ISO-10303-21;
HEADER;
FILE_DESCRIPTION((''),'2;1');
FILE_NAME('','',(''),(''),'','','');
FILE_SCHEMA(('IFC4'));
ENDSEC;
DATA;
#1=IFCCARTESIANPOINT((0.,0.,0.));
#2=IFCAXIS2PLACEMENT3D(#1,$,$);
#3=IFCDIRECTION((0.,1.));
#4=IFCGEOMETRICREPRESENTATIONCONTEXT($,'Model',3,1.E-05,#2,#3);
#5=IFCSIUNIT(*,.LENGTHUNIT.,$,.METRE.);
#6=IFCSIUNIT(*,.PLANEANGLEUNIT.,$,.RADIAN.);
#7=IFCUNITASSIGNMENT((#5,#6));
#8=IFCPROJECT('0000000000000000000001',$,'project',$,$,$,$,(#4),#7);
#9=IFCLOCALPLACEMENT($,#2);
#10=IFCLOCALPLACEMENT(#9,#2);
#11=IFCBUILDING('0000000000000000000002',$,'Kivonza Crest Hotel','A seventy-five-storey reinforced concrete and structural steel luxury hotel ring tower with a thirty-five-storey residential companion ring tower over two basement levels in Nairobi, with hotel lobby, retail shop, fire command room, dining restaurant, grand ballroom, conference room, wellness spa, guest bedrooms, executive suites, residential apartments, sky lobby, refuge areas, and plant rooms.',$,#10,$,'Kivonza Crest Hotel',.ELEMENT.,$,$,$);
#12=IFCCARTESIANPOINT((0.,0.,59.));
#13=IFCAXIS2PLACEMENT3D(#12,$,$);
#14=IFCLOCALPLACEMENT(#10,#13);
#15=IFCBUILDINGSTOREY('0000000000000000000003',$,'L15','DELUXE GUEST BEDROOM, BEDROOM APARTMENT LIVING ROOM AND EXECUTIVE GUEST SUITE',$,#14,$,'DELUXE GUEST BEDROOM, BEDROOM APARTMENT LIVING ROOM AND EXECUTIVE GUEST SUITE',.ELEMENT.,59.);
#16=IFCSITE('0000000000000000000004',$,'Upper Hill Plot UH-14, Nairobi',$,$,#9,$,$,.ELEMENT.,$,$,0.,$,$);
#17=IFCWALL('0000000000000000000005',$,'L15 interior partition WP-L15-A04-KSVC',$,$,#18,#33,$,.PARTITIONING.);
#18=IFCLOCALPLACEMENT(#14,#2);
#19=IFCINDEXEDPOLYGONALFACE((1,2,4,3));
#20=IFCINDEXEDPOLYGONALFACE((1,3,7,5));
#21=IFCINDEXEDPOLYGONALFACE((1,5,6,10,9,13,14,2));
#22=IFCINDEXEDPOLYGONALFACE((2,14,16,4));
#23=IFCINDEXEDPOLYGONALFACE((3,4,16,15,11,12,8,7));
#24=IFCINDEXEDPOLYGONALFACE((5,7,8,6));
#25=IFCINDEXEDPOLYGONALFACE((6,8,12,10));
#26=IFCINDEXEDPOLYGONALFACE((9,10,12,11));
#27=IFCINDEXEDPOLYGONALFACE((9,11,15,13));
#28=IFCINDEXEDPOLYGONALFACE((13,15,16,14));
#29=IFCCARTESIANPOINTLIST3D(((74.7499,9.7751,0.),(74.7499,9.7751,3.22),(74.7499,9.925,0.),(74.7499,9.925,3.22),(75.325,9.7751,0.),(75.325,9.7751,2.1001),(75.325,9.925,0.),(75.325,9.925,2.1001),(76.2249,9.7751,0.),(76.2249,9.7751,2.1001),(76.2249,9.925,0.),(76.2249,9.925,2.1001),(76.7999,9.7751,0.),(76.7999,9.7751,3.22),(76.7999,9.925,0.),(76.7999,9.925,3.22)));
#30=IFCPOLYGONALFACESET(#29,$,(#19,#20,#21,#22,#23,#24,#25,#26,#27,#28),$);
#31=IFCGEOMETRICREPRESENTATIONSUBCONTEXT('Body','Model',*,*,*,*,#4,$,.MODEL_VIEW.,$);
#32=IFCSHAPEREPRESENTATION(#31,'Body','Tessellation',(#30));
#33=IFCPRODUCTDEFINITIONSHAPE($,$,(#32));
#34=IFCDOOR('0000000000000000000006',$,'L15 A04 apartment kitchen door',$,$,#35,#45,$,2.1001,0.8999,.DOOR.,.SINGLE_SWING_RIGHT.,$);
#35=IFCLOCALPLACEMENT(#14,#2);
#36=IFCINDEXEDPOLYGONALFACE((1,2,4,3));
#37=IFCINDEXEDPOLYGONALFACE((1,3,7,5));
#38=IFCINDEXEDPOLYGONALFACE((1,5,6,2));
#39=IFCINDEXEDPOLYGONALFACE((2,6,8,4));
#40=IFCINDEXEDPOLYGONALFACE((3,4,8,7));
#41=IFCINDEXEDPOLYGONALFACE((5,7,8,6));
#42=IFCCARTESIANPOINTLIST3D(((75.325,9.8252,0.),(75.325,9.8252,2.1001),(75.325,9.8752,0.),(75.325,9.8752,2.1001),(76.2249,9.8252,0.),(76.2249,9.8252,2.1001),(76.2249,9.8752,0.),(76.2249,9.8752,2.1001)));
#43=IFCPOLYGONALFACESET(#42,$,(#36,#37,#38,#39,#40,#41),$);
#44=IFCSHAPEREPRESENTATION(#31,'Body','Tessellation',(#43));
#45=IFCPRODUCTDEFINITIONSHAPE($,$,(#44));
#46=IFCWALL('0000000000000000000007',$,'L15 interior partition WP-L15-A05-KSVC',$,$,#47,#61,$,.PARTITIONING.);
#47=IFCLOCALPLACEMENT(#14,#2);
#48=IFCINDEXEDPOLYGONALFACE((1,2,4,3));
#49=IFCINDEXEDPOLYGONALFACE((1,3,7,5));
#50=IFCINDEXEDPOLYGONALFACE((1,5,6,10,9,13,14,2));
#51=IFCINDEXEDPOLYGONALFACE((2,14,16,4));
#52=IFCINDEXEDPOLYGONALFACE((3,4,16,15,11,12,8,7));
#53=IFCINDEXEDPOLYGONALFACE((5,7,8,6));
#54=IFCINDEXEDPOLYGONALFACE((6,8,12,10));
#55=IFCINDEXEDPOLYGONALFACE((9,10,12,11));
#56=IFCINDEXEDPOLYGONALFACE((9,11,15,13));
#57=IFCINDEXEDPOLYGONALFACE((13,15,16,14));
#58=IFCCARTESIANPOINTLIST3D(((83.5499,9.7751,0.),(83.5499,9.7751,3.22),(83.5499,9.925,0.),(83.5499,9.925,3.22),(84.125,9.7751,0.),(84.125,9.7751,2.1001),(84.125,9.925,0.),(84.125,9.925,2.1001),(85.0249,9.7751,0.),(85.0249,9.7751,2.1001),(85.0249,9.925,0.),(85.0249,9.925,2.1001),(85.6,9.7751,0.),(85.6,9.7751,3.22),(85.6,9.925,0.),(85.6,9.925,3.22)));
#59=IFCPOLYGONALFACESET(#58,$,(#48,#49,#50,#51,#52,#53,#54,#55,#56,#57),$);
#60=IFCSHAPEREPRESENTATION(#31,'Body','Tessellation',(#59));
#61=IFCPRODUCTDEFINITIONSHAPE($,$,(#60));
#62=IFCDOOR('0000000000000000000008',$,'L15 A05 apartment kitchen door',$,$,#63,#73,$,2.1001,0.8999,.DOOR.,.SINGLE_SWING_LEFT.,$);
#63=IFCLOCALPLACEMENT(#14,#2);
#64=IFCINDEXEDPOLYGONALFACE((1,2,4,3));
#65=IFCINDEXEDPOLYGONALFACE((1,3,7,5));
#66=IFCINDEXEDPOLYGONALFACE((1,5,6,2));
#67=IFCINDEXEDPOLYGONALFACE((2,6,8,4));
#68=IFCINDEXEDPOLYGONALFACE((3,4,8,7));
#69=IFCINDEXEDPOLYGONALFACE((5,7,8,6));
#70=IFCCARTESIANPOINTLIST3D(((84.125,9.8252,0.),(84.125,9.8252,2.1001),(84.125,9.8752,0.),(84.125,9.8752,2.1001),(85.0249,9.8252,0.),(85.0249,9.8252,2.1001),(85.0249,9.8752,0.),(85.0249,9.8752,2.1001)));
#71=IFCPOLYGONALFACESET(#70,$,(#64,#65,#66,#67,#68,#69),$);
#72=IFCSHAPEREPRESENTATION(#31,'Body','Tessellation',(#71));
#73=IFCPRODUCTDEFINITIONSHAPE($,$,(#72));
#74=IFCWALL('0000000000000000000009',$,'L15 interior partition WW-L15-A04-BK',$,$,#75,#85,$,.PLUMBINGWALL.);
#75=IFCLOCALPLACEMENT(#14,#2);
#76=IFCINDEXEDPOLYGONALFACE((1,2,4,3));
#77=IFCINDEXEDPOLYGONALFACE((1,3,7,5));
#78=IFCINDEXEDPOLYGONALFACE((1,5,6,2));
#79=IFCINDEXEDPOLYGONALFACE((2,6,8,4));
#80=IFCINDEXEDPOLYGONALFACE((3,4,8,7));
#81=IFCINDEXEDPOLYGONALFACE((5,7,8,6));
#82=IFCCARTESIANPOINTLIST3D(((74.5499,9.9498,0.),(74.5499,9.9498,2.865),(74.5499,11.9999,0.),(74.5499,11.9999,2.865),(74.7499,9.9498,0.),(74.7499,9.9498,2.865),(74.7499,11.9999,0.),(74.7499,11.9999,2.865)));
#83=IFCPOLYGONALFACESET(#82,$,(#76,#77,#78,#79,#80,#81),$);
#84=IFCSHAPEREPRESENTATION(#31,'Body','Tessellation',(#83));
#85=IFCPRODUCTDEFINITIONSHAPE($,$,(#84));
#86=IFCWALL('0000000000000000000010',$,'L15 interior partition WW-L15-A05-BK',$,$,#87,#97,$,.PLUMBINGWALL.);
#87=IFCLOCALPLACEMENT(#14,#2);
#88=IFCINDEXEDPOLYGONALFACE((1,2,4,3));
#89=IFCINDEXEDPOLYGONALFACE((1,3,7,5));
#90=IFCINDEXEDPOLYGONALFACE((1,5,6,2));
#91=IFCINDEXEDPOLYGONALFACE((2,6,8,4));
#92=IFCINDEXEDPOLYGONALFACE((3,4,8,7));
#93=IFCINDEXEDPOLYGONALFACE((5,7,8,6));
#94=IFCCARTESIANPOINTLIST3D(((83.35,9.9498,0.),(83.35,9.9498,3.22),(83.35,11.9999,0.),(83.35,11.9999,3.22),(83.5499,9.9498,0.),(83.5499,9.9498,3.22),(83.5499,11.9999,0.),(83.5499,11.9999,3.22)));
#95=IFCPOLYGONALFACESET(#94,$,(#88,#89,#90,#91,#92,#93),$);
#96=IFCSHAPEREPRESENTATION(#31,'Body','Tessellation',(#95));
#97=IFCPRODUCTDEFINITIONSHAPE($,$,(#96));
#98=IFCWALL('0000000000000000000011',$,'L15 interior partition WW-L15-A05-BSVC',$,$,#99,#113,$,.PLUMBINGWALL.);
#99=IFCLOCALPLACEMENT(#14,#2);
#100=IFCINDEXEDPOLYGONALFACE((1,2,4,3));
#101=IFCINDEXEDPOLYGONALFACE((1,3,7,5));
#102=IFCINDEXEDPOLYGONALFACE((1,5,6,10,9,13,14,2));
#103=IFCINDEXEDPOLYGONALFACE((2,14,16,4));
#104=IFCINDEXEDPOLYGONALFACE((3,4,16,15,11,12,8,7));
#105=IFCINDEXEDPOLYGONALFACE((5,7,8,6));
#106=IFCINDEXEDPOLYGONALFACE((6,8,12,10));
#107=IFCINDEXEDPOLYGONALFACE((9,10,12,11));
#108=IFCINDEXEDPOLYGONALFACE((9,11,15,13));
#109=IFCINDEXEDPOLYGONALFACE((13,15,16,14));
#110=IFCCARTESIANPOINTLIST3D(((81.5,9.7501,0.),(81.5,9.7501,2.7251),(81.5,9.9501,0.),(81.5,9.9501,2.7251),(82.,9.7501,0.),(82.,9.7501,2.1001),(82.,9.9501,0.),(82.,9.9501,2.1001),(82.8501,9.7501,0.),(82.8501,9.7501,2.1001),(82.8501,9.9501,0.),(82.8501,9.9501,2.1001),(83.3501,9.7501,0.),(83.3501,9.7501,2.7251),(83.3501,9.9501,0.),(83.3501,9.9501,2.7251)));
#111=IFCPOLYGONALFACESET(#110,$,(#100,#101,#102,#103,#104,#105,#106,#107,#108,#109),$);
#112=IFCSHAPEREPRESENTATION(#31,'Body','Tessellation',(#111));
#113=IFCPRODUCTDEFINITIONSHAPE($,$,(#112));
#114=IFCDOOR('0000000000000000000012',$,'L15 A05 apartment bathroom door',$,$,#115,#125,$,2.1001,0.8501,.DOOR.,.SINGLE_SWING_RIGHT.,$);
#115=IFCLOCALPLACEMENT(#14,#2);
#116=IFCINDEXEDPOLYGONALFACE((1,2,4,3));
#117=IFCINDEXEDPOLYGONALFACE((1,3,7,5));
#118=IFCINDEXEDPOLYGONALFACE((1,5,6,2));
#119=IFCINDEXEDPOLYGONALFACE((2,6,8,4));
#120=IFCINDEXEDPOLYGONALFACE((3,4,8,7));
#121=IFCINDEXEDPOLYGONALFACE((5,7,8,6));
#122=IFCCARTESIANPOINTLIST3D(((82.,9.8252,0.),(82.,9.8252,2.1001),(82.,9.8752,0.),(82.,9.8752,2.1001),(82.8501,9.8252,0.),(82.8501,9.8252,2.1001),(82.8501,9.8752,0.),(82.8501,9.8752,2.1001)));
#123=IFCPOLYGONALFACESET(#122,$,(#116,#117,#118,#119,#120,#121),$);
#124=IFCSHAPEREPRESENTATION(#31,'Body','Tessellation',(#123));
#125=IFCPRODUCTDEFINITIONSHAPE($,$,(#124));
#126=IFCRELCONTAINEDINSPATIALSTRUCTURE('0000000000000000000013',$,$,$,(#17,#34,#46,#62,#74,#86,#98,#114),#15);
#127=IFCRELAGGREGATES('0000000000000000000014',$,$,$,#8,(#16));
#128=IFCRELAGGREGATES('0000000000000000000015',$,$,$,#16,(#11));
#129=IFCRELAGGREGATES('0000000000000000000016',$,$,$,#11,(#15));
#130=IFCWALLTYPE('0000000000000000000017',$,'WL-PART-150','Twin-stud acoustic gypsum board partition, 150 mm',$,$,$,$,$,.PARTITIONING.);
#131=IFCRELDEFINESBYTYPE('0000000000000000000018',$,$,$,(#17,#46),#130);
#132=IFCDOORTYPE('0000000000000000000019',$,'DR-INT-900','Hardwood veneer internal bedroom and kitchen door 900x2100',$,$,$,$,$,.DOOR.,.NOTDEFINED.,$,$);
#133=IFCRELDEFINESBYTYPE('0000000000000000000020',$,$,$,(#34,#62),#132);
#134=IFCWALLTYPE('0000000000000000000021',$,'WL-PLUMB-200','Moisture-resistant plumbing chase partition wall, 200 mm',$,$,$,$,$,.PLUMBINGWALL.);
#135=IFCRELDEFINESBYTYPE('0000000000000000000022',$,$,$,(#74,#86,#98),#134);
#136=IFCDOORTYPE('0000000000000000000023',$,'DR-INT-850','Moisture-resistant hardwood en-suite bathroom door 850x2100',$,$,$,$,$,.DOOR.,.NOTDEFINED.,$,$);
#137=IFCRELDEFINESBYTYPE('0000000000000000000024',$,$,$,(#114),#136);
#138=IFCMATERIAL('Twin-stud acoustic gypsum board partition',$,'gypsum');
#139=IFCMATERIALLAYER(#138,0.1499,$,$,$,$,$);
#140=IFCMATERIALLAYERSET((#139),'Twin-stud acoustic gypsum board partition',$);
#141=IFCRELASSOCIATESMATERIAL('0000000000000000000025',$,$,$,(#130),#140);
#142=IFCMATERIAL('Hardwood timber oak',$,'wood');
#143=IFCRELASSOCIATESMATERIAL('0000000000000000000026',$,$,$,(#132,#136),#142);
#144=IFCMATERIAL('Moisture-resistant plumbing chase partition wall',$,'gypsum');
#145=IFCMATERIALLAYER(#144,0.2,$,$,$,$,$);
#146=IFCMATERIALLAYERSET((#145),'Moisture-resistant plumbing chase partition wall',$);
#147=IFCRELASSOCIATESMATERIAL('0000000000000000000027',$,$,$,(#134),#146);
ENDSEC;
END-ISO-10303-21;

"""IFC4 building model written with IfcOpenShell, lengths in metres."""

from ifc_helpers import new_model, si_unit, direction, frame, frame_2d, origin, place, context, subcontext, project, spatial, rectangle, extrude, material, layer, layer_set, type_object, element, fill, save


model = new_model("IFC4")

# Units and contexts
model_context = context("Model", 3, precision=1e-05, world=origin(), true_north=direction((0.0, 1.0)))
body_context = subcontext(model_context, "Body", "Model", "MODEL_VIEW")
ifc_project = project(units=[si_unit("LENGTHUNIT", "METRE"), si_unit("PLANEANGLEUNIT", "RADIAN")], contexts=[model_context])

# Site, building, storey
site_placement = place(None, origin())
site = spatial("IfcSite", under=ifc_project, at=site_placement, Name="Upper Hill Plot UH-14, Nairobi", CompositionType="ELEMENT", RefElevation=0.0)
building_placement = place(site_placement, origin())
building = spatial("IfcBuilding", under=site, at=building_placement, Name="Kivonza Crest Hotel", Description="A seventy-five-storey reinforced concrete and structural steel luxury hotel ring tower with a thirty-five-storey residential companion ring tower over two basement levels in Nairobi, with hotel lobby, retail shop, fire command room, dining restaurant, grand ballroom, conference room, wellness spa, guest bedrooms, executive suites, residential apartments, sky lobby, refuge areas, and plant rooms.", LongName="Kivonza Crest Hotel", CompositionType="ELEMENT")
storey_placement = place(building_placement, frame((0.0, 0.0, 59.0)))
storey = spatial("IfcBuildingStorey", under=building, at=storey_placement, Name="L15", Description="DELUXE GUEST BEDROOM, BEDROOM APARTMENT LIVING ROOM AND EXECUTIVE GUEST SUITE", LongName="DELUXE GUEST BEDROOM, BEDROOM APARTMENT LIVING ROOM AND EXECUTIVE GUEST SUITE", CompositionType="ELEMENT", Elevation=59.0)

# Shared definitions
ifc_material_1 = material(Name="Twin-stud acoustic gypsum board partition", Category="gypsum")
ifc_layer_1 = layer(ifc_material_1, 0.1499)
ifc_layer_set_1 = layer_set([ifc_layer_1], Name="Twin-stud acoustic gypsum board partition")
wall_type_1 = type_object("IfcWallType", Name="WL-PART-150", Description="Twin-stud acoustic gypsum board partition, 150 mm", PredefinedType="PARTITIONING", material=ifc_layer_set_1)

# Walls, openings, doors
wall_1_placement = place(storey_placement, frame((74.75, 9.8501, 0.0), z_axis=(0.0, 0.0, 1.0), x_axis=(1.0, 0.0, 0.0)))
wall_1 = element("IfcWall", 1, at=wall_1_placement, inside=storey, type_object=wall_type_1, Name="L15 interior partition WP-L15-A04-KSVC", PredefinedType="PARTITIONING", context=body_context, shape_type="SweptSolid", body=[
    extrude(rectangle(XDim=2.05, YDim=0.1499, at=frame_2d((1.0249, 0.0))), origin(), (0.0, 0.0, 1.0), 3.22),
])
opening_1_placement = place(wall_1_placement, frame((0.575, 0.0, 0.0)))
opening_1 = element("IfcOpeningElement", 2, at=opening_1_placement, cuts=wall_1, PredefinedType="OPENING", context=body_context, shape_type="SweptSolid", body=[
    extrude(rectangle(XDim=0.8999, YDim=2.1001, at=frame_2d((0.45, 1.05))), frame((0.0, 0.085, 0.0), z_axis=(0.0, -1.0, 0.0), x_axis=(1.0, 0.0, 0.0)), (0.0, 0.0, 1.0), 0.1699),
])
ifc_material_2 = material(Name="Hardwood timber oak", Category="wood")
door_type_1 = type_object("IfcDoorType", Name="DR-INT-900", Description="Hardwood veneer internal bedroom and kitchen door 900x2100", OperationType="NOTDEFINED", PredefinedType="DOOR", material=ifc_material_2)
door_1_placement = place(opening_1_placement, frame((0.8999, 0.0, 0.0), z_axis=(0.0, 0.0, 1.0), x_axis=(-1.0, 0.0, 0.0)))
door_1 = element("IfcDoor", 3, at=door_1_placement, inside=storey, type_object=door_type_1, Name="L15 A04 apartment kitchen door", OperationType="SINGLE_SWING_RIGHT", OverallHeight=2.1001, OverallWidth=0.8999, PredefinedType="DOOR", context=body_context, shape_type="SweptSolid", body=[
    extrude(rectangle(XDim=0.8999, YDim=2.1001, at=frame_2d((0.45, 1.05))), frame((0.0, 0.0249, 0.0), z_axis=(0.0, -1.0, 0.0), x_axis=(1.0, 0.0, 0.0)), (0.0, 0.0, 1.0), 0.05),
])
fill(opening_1, door_1)
wall_2_placement = place(storey_placement, frame((83.55, 9.8501, 0.0), z_axis=(0.0, 0.0, 1.0), x_axis=(1.0, 0.0, 0.0)))
wall_2 = element("IfcWall", 4, at=wall_2_placement, inside=storey, type_object=wall_type_1, Name="L15 interior partition WP-L15-A05-KSVC", PredefinedType="PARTITIONING", context=body_context, shape_type="SweptSolid", body=[
    extrude(rectangle(XDim=2.05, YDim=0.1499, at=frame_2d((1.0249, 0.0))), origin(), (0.0, 0.0, 1.0), 3.22),
])
opening_2_placement = place(wall_2_placement, frame((0.575, 0.0, 0.0)))
opening_2 = element("IfcOpeningElement", 5, at=opening_2_placement, cuts=wall_2, PredefinedType="OPENING", context=body_context, shape_type="SweptSolid", body=[
    extrude(rectangle(XDim=0.8999, YDim=2.1001, at=frame_2d((0.45, 1.05))), frame((0.0, 0.085, 0.0), z_axis=(0.0, -1.0, 0.0), x_axis=(1.0, 0.0, 0.0)), (0.0, 0.0, 1.0), 0.1699),
])
door_2_placement = place(opening_2_placement, frame((0.8999, 0.0, 0.0), z_axis=(0.0, 0.0, 1.0), x_axis=(-1.0, 0.0, 0.0)))
door_2 = element("IfcDoor", 6, at=door_2_placement, inside=storey, type_object=door_type_1, Name="L15 A05 apartment kitchen door", OperationType="SINGLE_SWING_LEFT", OverallHeight=2.1001, OverallWidth=0.8999, PredefinedType="DOOR", context=body_context, shape_type="SweptSolid", body=[
    extrude(rectangle(XDim=0.8999, YDim=2.1001, at=frame_2d((0.45, 1.05))), frame((0.0, 0.0249, 0.0), z_axis=(0.0, -1.0, 0.0), x_axis=(1.0, 0.0, 0.0)), (0.0, 0.0, 1.0), 0.05),
])
fill(opening_2, door_2)

# Walls
ifc_material_3 = material(Name="Moisture-resistant plumbing chase partition wall", Category="gypsum")
ifc_layer_2 = layer(ifc_material_3, 0.2)
ifc_layer_set_2 = layer_set([ifc_layer_2], Name="Moisture-resistant plumbing chase partition wall")
wall_type_2 = type_object("IfcWallType", Name="WL-PLUMB-200", Description="Moisture-resistant plumbing chase partition wall, 200 mm", PredefinedType="PLUMBINGWALL", material=ifc_layer_set_2)
wall_3_placement = place(storey_placement, frame((74.6499, 9.95, 0.0), z_axis=(0.0, 0.0, 1.0), x_axis=(0.0, 1.0, 0.0)))
element("IfcWall", 7, at=wall_3_placement, inside=storey, type_object=wall_type_2, Name="L15 interior partition WW-L15-A04-BK", PredefinedType="PLUMBINGWALL", context=body_context, shape_type="SweptSolid", body=[
    extrude(rectangle(XDim=2.05, YDim=0.2, at=frame_2d((1.0249, 0.0))), origin(), (0.0, 0.0, 1.0), 2.865),
])
wall_4_placement = place(storey_placement, frame((83.45, 9.95, 0.0), z_axis=(0.0, 0.0, 1.0), x_axis=(0.0, 1.0, 0.0)))
element("IfcWall", 8, at=wall_4_placement, inside=storey, type_object=wall_type_2, Name="L15 interior partition WW-L15-A05-BK", PredefinedType="PLUMBINGWALL", context=body_context, shape_type="SweptSolid", body=[
    extrude(rectangle(XDim=2.05, YDim=0.2, at=frame_2d((1.0249, 0.0))), origin(), (0.0, 0.0, 1.0), 3.22),
])

# Wall, opening, door
wall_5_placement = place(storey_placement, frame((81.5, 9.8501, 0.0), z_axis=(0.0, 0.0, 1.0), x_axis=(1.0, 0.0, 0.0)))
wall_5 = element("IfcWall", 9, at=wall_5_placement, inside=storey, type_object=wall_type_2, Name="L15 interior partition WW-L15-A05-BSVC", PredefinedType="PLUMBINGWALL", context=body_context, shape_type="SweptSolid", body=[
    extrude(rectangle(XDim=1.8501, YDim=0.2, at=frame_2d((0.925, 0.0))), origin(), (0.0, 0.0, 1.0), 2.7251),
])
opening_3_placement = place(wall_5_placement, frame((0.5, 0.0, 0.0)))
opening_3 = element("IfcOpeningElement", 10, at=opening_3_placement, cuts=wall_5, PredefinedType="OPENING", context=body_context, shape_type="SweptSolid", body=[
    extrude(rectangle(XDim=0.8501, YDim=2.1001, at=frame_2d((0.425, 1.05))), frame((0.0, 0.1099, 0.0), z_axis=(0.0, -1.0, 0.0), x_axis=(1.0, 0.0, 0.0)), (0.0, 0.0, 1.0), 0.22),
])
door_type_2 = type_object("IfcDoorType", Name="DR-INT-850", Description="Moisture-resistant hardwood en-suite bathroom door 850x2100", OperationType="NOTDEFINED", PredefinedType="DOOR", material=ifc_material_2)
door_3_placement = place(opening_3_placement, frame((0.8501, 0.0, 0.0), z_axis=(0.0, 0.0, 1.0), x_axis=(-1.0, 0.0, 0.0)))
door_3 = element("IfcDoor", 11, at=door_3_placement, inside=storey, type_object=door_type_2, Name="L15 A05 apartment bathroom door", OperationType="SINGLE_SWING_RIGHT", OverallHeight=2.1001, OverallWidth=0.8501, PredefinedType="DOOR", context=body_context, shape_type="SweptSolid", body=[
    extrude(rectangle(XDim=0.8501, YDim=2.1001, at=frame_2d((0.425, 1.05))), frame((0.0, 0.0249, 0.0), z_axis=(0.0, -1.0, 0.0), x_axis=(1.0, 0.0, 0.0)), (0.0, 0.0, 1.0), 0.05),
])
fill(opening_3, door_3)

save(model, "model.ifc")
